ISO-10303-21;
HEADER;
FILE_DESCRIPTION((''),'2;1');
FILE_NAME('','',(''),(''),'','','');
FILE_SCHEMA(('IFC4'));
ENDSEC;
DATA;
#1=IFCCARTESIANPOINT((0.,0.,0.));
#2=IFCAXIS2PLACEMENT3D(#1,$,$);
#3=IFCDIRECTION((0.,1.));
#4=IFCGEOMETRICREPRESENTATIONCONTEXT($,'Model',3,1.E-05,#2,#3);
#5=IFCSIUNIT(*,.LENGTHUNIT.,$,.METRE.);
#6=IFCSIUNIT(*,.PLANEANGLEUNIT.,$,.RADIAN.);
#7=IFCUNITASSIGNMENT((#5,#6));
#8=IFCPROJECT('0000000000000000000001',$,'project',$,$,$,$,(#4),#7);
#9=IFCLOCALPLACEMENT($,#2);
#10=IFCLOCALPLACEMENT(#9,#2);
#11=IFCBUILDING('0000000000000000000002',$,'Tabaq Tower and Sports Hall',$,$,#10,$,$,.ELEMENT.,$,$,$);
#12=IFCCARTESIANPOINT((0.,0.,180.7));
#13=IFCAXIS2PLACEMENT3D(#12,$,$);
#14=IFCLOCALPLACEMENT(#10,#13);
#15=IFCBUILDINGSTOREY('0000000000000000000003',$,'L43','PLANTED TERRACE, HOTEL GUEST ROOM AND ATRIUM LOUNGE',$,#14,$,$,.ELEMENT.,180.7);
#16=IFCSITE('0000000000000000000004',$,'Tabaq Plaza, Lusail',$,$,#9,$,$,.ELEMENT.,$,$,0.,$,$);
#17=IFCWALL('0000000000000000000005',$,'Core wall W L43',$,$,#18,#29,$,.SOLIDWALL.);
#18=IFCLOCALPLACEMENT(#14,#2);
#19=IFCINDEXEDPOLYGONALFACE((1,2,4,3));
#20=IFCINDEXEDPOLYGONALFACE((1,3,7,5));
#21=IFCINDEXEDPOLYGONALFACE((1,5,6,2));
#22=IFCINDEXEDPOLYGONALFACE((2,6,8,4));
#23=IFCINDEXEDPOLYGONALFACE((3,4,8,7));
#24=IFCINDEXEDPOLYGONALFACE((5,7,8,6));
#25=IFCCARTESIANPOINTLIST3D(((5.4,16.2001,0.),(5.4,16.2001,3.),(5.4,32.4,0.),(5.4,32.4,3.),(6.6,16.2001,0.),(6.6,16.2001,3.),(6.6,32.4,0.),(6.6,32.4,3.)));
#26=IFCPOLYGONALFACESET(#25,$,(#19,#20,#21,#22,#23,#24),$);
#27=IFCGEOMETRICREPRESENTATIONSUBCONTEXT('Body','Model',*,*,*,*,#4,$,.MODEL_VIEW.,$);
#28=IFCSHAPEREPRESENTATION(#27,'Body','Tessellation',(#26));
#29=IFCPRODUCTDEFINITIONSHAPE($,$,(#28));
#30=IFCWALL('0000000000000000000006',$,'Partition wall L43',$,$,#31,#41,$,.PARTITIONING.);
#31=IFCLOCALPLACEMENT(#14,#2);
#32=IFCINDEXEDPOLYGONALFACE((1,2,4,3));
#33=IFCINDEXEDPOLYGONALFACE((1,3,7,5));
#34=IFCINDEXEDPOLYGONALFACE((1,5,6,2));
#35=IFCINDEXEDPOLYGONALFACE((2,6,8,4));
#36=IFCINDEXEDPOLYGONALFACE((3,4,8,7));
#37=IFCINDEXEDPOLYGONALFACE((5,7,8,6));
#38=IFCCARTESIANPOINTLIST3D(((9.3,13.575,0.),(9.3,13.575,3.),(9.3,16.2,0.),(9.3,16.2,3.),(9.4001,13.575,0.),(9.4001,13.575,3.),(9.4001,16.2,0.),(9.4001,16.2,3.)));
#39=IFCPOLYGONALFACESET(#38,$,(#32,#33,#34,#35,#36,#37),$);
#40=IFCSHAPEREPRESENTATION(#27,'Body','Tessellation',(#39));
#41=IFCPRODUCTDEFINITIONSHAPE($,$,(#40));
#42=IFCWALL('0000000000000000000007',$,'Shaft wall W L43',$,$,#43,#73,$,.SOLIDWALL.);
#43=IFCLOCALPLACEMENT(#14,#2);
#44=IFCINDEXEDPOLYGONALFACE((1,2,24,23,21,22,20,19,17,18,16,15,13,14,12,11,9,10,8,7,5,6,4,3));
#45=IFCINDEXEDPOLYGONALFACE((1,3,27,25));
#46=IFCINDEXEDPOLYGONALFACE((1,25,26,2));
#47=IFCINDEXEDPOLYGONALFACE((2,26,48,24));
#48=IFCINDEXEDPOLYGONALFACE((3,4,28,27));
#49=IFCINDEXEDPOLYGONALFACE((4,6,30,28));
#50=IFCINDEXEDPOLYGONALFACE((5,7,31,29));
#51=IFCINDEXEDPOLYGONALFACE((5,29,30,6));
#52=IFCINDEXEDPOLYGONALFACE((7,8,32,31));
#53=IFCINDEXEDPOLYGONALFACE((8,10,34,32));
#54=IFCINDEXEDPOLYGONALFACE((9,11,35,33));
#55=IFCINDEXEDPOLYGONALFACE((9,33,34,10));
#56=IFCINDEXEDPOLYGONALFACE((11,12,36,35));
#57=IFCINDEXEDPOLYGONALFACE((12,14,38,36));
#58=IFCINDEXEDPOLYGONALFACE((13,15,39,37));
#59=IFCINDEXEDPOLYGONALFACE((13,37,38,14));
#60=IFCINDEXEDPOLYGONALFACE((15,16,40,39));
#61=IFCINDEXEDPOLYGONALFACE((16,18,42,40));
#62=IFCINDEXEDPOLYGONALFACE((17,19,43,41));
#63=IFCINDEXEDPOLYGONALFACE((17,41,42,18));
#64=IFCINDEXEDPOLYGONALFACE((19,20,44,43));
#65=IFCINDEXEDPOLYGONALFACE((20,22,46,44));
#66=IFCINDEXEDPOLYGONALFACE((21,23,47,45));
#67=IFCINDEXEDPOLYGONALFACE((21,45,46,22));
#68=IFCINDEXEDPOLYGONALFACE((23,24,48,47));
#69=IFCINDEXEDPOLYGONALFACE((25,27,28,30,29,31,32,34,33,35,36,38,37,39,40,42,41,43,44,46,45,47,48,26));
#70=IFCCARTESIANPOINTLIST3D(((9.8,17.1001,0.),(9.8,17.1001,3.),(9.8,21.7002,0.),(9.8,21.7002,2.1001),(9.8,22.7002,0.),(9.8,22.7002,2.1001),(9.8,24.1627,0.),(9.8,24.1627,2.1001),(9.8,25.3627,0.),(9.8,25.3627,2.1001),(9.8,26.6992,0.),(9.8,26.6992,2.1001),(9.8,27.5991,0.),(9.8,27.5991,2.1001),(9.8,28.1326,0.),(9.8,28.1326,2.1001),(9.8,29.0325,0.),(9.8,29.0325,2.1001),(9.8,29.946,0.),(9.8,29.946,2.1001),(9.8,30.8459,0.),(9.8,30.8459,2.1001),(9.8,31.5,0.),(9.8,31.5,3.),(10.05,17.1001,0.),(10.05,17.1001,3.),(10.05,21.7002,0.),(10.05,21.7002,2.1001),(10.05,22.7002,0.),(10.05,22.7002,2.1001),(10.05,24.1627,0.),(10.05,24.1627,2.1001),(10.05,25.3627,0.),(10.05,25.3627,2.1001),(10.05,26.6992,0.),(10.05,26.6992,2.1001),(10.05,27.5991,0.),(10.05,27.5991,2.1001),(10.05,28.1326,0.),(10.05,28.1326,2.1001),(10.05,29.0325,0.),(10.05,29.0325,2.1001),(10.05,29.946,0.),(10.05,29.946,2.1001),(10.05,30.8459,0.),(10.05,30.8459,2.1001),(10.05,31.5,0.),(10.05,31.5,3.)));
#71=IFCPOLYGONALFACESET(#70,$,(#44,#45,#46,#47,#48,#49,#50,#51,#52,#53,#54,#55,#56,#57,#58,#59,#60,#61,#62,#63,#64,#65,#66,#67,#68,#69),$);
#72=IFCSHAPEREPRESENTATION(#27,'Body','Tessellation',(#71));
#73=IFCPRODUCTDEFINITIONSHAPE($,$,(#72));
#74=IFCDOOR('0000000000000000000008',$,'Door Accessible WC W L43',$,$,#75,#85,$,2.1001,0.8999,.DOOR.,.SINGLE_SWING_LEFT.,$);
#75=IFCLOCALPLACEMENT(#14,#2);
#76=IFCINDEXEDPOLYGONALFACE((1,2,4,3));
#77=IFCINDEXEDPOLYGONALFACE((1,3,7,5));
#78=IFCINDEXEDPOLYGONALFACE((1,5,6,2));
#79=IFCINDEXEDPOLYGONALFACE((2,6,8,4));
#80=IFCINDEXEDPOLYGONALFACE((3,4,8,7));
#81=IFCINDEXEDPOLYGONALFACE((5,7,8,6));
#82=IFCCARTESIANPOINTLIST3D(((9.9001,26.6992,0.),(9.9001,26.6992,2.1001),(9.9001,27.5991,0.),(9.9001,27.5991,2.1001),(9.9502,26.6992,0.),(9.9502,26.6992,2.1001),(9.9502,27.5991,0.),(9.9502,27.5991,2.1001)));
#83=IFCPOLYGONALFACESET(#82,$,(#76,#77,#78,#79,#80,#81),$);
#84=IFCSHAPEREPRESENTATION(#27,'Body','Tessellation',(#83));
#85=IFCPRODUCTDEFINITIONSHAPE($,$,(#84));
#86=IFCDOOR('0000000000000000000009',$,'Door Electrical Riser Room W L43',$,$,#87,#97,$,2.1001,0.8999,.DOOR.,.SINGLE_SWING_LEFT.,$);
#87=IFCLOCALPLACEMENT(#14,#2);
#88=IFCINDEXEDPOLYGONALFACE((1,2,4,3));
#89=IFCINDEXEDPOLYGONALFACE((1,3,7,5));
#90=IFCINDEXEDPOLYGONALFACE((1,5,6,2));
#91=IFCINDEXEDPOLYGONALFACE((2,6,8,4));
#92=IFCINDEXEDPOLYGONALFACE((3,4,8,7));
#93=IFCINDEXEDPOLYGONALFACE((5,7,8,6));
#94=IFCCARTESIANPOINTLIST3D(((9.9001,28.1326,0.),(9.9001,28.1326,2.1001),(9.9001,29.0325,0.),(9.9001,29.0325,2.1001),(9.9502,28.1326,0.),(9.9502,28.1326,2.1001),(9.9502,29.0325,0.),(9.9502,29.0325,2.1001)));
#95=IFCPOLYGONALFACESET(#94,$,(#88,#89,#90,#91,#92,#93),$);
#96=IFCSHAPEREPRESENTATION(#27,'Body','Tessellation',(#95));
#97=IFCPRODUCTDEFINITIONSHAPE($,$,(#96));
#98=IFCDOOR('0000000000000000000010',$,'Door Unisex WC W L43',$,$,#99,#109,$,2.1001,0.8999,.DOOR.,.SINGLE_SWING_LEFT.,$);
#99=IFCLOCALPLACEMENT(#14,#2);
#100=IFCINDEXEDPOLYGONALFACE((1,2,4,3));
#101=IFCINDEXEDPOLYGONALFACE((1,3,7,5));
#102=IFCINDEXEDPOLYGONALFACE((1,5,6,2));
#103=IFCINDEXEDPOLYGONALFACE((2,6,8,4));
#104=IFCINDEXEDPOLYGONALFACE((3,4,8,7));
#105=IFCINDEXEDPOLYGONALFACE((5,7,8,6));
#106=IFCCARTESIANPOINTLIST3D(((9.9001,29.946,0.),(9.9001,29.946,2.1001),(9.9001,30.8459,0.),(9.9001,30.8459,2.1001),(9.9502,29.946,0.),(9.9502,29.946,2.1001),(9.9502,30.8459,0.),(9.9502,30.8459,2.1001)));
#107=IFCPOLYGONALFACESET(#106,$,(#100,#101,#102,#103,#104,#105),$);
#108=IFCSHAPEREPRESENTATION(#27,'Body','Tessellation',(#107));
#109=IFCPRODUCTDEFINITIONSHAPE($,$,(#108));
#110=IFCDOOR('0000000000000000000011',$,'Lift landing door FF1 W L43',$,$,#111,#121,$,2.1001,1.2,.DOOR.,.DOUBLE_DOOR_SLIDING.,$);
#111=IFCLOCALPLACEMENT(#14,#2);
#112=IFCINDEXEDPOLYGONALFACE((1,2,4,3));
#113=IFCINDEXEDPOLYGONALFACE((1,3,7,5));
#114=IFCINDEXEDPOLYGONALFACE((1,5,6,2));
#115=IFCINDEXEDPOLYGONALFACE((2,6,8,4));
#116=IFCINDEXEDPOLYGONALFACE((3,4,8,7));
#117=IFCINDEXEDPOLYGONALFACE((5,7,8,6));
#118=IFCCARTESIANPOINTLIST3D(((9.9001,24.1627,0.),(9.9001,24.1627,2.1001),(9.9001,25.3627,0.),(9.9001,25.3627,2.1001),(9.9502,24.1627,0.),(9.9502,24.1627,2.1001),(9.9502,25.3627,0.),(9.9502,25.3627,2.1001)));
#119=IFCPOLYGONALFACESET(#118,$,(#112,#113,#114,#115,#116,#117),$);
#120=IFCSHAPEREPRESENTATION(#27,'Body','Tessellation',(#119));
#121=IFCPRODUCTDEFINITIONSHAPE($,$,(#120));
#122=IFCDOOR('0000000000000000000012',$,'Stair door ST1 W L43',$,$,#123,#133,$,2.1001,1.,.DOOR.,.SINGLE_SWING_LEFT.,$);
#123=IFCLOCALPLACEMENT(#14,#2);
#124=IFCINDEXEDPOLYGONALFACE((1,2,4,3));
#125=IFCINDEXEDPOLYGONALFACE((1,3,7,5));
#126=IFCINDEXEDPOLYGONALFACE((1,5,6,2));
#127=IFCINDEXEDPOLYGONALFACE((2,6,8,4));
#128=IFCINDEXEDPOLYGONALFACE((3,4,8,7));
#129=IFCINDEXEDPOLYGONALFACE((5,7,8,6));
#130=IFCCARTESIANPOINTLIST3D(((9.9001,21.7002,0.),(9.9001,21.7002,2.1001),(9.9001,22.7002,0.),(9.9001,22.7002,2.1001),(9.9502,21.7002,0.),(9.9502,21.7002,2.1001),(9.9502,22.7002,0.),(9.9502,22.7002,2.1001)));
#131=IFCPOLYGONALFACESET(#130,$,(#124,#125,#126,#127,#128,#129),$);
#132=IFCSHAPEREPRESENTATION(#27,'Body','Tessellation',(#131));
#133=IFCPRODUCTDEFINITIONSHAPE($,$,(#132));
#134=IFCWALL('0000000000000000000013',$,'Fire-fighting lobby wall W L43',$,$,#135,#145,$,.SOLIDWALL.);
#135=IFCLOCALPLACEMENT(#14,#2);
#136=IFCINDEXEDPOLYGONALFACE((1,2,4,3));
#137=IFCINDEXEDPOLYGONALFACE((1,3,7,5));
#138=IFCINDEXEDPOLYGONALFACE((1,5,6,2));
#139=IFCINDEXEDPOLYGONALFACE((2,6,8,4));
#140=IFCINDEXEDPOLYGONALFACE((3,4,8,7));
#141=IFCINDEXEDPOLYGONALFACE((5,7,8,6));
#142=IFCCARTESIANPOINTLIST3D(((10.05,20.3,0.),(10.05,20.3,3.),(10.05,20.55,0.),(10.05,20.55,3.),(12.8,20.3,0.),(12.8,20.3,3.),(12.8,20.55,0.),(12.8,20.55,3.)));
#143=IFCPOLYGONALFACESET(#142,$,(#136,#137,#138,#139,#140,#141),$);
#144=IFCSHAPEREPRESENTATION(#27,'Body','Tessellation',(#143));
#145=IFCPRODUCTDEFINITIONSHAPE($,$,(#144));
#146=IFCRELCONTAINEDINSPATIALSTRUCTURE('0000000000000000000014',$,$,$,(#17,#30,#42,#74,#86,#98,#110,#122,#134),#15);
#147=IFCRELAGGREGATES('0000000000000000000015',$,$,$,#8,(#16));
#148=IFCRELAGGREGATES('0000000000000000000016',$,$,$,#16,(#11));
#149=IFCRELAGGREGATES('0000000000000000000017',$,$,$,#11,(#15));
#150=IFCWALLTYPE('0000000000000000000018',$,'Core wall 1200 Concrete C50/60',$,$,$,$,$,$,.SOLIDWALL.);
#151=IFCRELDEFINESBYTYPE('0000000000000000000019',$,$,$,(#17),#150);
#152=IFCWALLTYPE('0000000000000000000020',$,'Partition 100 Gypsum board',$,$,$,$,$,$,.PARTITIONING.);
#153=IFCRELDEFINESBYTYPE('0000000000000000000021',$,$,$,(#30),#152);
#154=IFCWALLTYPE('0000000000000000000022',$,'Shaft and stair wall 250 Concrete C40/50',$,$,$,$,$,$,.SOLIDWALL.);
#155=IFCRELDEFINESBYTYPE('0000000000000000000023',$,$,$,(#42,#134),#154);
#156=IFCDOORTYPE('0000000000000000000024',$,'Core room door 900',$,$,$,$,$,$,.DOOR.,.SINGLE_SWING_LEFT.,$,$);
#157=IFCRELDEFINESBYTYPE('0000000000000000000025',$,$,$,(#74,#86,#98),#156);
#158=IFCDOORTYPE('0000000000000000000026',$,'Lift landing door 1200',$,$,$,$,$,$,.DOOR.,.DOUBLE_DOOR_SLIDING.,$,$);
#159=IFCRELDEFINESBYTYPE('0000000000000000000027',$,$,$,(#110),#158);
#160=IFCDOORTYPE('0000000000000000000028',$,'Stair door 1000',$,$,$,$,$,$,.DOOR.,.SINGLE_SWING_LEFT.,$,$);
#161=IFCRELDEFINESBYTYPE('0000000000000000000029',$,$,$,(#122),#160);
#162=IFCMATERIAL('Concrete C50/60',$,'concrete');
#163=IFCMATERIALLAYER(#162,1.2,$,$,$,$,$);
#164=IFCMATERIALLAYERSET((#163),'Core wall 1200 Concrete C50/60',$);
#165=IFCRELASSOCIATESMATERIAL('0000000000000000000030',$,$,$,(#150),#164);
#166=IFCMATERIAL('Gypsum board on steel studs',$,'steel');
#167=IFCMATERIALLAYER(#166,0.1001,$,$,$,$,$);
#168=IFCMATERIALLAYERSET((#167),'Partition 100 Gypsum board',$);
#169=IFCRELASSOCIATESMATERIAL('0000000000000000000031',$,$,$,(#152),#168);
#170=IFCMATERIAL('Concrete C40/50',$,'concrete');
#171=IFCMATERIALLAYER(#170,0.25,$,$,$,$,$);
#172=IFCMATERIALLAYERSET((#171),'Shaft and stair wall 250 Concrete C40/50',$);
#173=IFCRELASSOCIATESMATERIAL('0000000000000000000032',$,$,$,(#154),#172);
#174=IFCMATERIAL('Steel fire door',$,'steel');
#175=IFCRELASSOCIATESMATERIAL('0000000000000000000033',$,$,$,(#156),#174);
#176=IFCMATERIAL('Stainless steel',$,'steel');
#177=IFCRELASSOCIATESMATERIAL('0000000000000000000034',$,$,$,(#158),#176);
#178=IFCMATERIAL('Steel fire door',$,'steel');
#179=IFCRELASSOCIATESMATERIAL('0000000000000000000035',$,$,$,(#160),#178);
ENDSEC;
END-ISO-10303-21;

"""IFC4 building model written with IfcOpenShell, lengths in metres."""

from ifc_helpers import new_model, si_unit, direction, frame, frame_2d, origin, place, context, subcontext, project, spatial, rectangle, extrude, material, layer, layer_set, type_object, element, fill, save


model = new_model("IFC4")

# Units and contexts
model_context = context("Model", 3, precision=1e-05, world=origin(), true_north=direction((0.0, 1.0)))
body_context = subcontext(model_context, "Body", "Model", "MODEL_VIEW")
ifc_project = project(units=[si_unit("LENGTHUNIT", "METRE"), si_unit("PLANEANGLEUNIT", "RADIAN")], contexts=[model_context])

# Site, building, storey
site_placement = place(None, origin())
site = spatial("IfcSite", under=ifc_project, at=site_placement, Name="Tabaq Plaza, Lusail", CompositionType="ELEMENT", RefElevation=0.0)
building_placement = place(site_placement, origin())
building = spatial("IfcBuilding", under=site, at=building_placement, Name="Tabaq Tower and Sports Hall", CompositionType="ELEMENT")
storey_placement = place(building_placement, frame((0.0, 0.0, 180.7)))
storey = spatial("IfcBuildingStorey", under=building, at=storey_placement, Name="L43", Description="PLANTED TERRACE, HOTEL GUEST ROOM AND ATRIUM LOUNGE", CompositionType="ELEMENT", Elevation=180.7)

# Walls
ifc_material_1 = material(Name="Concrete C50/60", Category="concrete")
ifc_layer_1 = layer(ifc_material_1, 1.2)
ifc_layer_set_1 = layer_set([ifc_layer_1], Name="Core wall 1200 Concrete C50/60")
wall_type_1 = type_object("IfcWallType", Name="Core wall 1200 Concrete C50/60", PredefinedType="SOLIDWALL", material=ifc_layer_set_1)
wall_1_placement = place(storey_placement, frame((6.0, 16.2, 0.0), z_axis=(0.0, 0.0, 1.0), x_axis=(0.0, 1.0, 0.0)))
element("IfcWall", 1, at=wall_1_placement, inside=storey, type_object=wall_type_1, Name="Core wall W L43", PredefinedType="SOLIDWALL", context=body_context, shape_type="SweptSolid", body=[
    extrude(rectangle(XDim=16.2, YDim=1.2, at=frame_2d((8.1001, 0.0))), origin(), (0.0, 0.0, 1.0), 3.0),
])
ifc_material_2 = material(Name="Gypsum board on steel studs", Category="steel")
ifc_layer_2 = layer(ifc_material_2, 0.1001)
ifc_layer_set_2 = layer_set([ifc_layer_2], Name="Partition 100 Gypsum board")
wall_type_2 = type_object("IfcWallType", Name="Partition 100 Gypsum board", PredefinedType="PARTITIONING", material=ifc_layer_set_2)
wall_2_placement = place(storey_placement, frame((9.3501, 16.2, 0.0), z_axis=(0.0, 0.0, 1.0), x_axis=(0.0, -1.0, 0.0)))
element("IfcWall", 2, at=wall_2_placement, inside=storey, type_object=wall_type_2, Name="Partition wall L43", PredefinedType="PARTITIONING", context=body_context, shape_type="SweptSolid", body=[
    extrude(rectangle(XDim=2.625, YDim=0.1001, at=frame_2d((1.3125, 0.0))), origin(), (0.0, 0.0, 1.0), 3.0),
])

# Wall, openings, doors
ifc_material_3 = material(Name="Concrete C40/50", Category="concrete")
ifc_layer_3 = layer(ifc_material_3, 0.25)
ifc_layer_set_3 = layer_set([ifc_layer_3], Name="Shaft and stair wall 250 Concrete C40/50")
wall_type_3 = type_object("IfcWallType", Name="Shaft and stair wall 250 Concrete C40/50", PredefinedType="SOLIDWALL", material=ifc_layer_set_3)
wall_3_placement = place(storey_placement, frame((9.925, 17.1001, 0.0), z_axis=(0.0, 0.0, 1.0), x_axis=(0.0, 1.0, 0.0)))
wall_3 = element("IfcWall", 3, at=wall_3_placement, inside=storey, type_object=wall_type_3, Name="Shaft wall W L43", PredefinedType="SOLIDWALL", context=body_context, shape_type="SweptSolid", body=[
    extrude(rectangle(XDim=14.3999, YDim=0.25, at=frame_2d((7.2, 0.0))), origin(), (0.0, 0.0, 1.0), 3.0),
])
opening_1_placement = place(wall_3_placement, frame((4.6001, 0.0, 0.0)))
opening_1 = element("IfcOpeningElement", 4, at=opening_1_placement, cuts=wall_3, PredefinedType="OPENING", context=body_context, shape_type="SweptSolid", body=[
    extrude(rectangle(XDim=1.0, YDim=2.1001, at=frame_2d((0.5, 1.05))), frame((0.0, 0.125, 0.0), z_axis=(0.0, -1.0, 0.0), x_axis=(1.0, 0.0, 0.0)), (0.0, 0.0, 1.0), 0.25),
])
opening_2_placement = place(wall_3_placement, frame((7.0625, 0.0, 0.0)))
opening_2 = element("IfcOpeningElement", 5, at=opening_2_placement, cuts=wall_3, PredefinedType="OPENING", context=body_context, shape_type="SweptSolid", body=[
    extrude(rectangle(XDim=1.2, YDim=2.1001, at=frame_2d((0.6001, 1.05))), frame((0.0, 0.125, 0.0), z_axis=(0.0, -1.0, 0.0), x_axis=(1.0, 0.0, 0.0)), (0.0, 0.0, 1.0), 0.25),
])
opening_3_placement = place(wall_3_placement, frame((9.5991, 0.0, 0.0)))
opening_3 = element("IfcOpeningElement", 6, at=opening_3_placement, cuts=wall_3, PredefinedType="OPENING", context=body_context, shape_type="SweptSolid", body=[
    extrude(rectangle(XDim=0.8999, YDim=2.1001, at=frame_2d((0.45, 1.05))), frame((0.0, 0.125, 0.0), z_axis=(0.0, -1.0, 0.0), x_axis=(1.0, 0.0, 0.0)), (0.0, 0.0, 1.0), 0.25),
])
opening_4_placement = place(wall_3_placement, frame((11.0325, 0.0, 0.0)))
opening_4 = element("IfcOpeningElement", 7, at=opening_4_placement, cuts=wall_3, PredefinedType="OPENING", context=body_context, shape_type="SweptSolid", body=[
    extrude(rectangle(XDim=0.8999, YDim=2.1001, at=frame_2d((0.45, 1.05))), frame((0.0, 0.125, 0.0), z_axis=(0.0, -1.0, 0.0), x_axis=(1.0, 0.0, 0.0)), (0.0, 0.0, 1.0), 0.25),
])
opening_5_placement = place(wall_3_placement, frame((12.8459, 0.0, 0.0)))
opening_5 = element("IfcOpeningElement", 8, at=opening_5_placement, cuts=wall_3, PredefinedType="OPENING", context=body_context, shape_type="SweptSolid", body=[
    extrude(rectangle(XDim=0.8999, YDim=2.1001, at=frame_2d((0.45, 1.05))), frame((0.0, 0.125, 0.0), z_axis=(0.0, -1.0, 0.0), x_axis=(1.0, 0.0, 0.0)), (0.0, 0.0, 1.0), 0.25),
])
ifc_material_4 = material(Name="Steel fire door", Category="steel")
door_type_1 = type_object("IfcDoorType", Name="Core room door 900", OperationType="SINGLE_SWING_LEFT", PredefinedType="DOOR", material=ifc_material_4)
door_1_placement = place(opening_3_placement, origin())
door_1 = element("IfcDoor", 9, at=door_1_placement, inside=storey, type_object=door_type_1, Name="Door Accessible WC W L43", OperationType="SINGLE_SWING_LEFT", OverallHeight=2.1001, OverallWidth=0.8999, PredefinedType="DOOR", context=body_context, shape_type="SweptSolid", body=[
    extrude(rectangle(XDim=0.8999, YDim=2.1001, at=frame_2d((0.45, 1.05))), frame((0.0, 0.0249, 0.0), z_axis=(0.0, -1.0, 0.0), x_axis=(1.0, 0.0, 0.0)), (0.0, 0.0, 1.0), 0.05),
])
fill(opening_3, door_1)
door_2_placement = place(opening_4_placement, origin())
door_2 = element("IfcDoor", 10, at=door_2_placement, inside=storey, type_object=door_type_1, Name="Door Electrical Riser Room W L43", OperationType="SINGLE_SWING_LEFT", OverallHeight=2.1001, OverallWidth=0.8999, PredefinedType="DOOR", context=body_context, shape_type="SweptSolid", body=[
    extrude(rectangle(XDim=0.8999, YDim=2.1001, at=frame_2d((0.45, 1.05))), frame((0.0, 0.0249, 0.0), z_axis=(0.0, -1.0, 0.0), x_axis=(1.0, 0.0, 0.0)), (0.0, 0.0, 1.0), 0.05),
])
fill(opening_4, door_2)
door_3_placement = place(opening_5_placement, origin())
door_3 = element("IfcDoor", 11, at=door_3_placement, inside=storey, type_object=door_type_1, Name="Door Unisex WC W L43", OperationType="SINGLE_SWING_LEFT", OverallHeight=2.1001, OverallWidth=0.8999, PredefinedType="DOOR", context=body_context, shape_type="SweptSolid", body=[
    extrude(rectangle(XDim=0.8999, YDim=2.1001, at=frame_2d((0.45, 1.05))), frame((0.0, 0.0249, 0.0), z_axis=(0.0, -1.0, 0.0), x_axis=(1.0, 0.0, 0.0)), (0.0, 0.0, 1.0), 0.05),
])
fill(opening_5, door_3)
ifc_material_5 = material(Name="Stainless steel", Category="steel")
door_type_2 = type_object("IfcDoorType", Name="Lift landing door 1200", OperationType="DOUBLE_DOOR_SLIDING", PredefinedType="DOOR", material=ifc_material_5)
door_4_placement = place(opening_2_placement, origin())
door_4 = element("IfcDoor", 12, at=door_4_placement, inside=storey, type_object=door_type_2, Name="Lift landing door FF1 W L43", OperationType="DOUBLE_DOOR_SLIDING", OverallHeight=2.1001, OverallWidth=1.2, PredefinedType="DOOR", context=body_context, shape_type="SweptSolid", body=[
    extrude(rectangle(XDim=1.2, YDim=2.1001, at=frame_2d((0.6001, 1.05))), frame((0.0, 0.0249, 0.0), z_axis=(0.0, -1.0, 0.0), x_axis=(1.0, 0.0, 0.0)), (0.0, 0.0, 1.0), 0.05),
])
fill(opening_2, door_4)
ifc_material_6 = material(Name="Steel fire door", Category="steel")
door_type_3 = type_object("IfcDoorType", Name="Stair door 1000", OperationType="SINGLE_SWING_LEFT", PredefinedType="DOOR", material=ifc_material_6)
door_5_placement = place(opening_1_placement, origin())
door_5 = element("IfcDoor", 13, at=door_5_placement, inside=storey, type_object=door_type_3, Name="Stair door ST1 W L43", OperationType="SINGLE_SWING_LEFT", OverallHeight=2.1001, OverallWidth=1.0, PredefinedType="DOOR", context=body_context, shape_type="SweptSolid", body=[
    extrude(rectangle(XDim=1.0, YDim=2.1001, at=frame_2d((0.5, 1.05))), frame((0.0, 0.0249, 0.0), z_axis=(0.0, -1.0, 0.0), x_axis=(1.0, 0.0, 0.0)), (0.0, 0.0, 1.0), 0.05),
])
fill(opening_1, door_5)

# Wall
wall_4_placement = place(storey_placement, frame((10.05, 20.425, 0.0), z_axis=(0.0, 0.0, 1.0), x_axis=(1.0, 0.0, 0.0)))
element("IfcWall", 14, at=wall_4_placement, inside=storey, type_object=wall_type_3, Name="Fire-fighting lobby wall W L43", PredefinedType="SOLIDWALL", context=body_context, shape_type="SweptSolid", body=[
    extrude(rectangle(XDim=2.75, YDim=0.25, at=frame_2d((1.375, 0.0))), origin(), (0.0, 0.0, 1.0), 3.0),
])

save(model, "model.ifc")
